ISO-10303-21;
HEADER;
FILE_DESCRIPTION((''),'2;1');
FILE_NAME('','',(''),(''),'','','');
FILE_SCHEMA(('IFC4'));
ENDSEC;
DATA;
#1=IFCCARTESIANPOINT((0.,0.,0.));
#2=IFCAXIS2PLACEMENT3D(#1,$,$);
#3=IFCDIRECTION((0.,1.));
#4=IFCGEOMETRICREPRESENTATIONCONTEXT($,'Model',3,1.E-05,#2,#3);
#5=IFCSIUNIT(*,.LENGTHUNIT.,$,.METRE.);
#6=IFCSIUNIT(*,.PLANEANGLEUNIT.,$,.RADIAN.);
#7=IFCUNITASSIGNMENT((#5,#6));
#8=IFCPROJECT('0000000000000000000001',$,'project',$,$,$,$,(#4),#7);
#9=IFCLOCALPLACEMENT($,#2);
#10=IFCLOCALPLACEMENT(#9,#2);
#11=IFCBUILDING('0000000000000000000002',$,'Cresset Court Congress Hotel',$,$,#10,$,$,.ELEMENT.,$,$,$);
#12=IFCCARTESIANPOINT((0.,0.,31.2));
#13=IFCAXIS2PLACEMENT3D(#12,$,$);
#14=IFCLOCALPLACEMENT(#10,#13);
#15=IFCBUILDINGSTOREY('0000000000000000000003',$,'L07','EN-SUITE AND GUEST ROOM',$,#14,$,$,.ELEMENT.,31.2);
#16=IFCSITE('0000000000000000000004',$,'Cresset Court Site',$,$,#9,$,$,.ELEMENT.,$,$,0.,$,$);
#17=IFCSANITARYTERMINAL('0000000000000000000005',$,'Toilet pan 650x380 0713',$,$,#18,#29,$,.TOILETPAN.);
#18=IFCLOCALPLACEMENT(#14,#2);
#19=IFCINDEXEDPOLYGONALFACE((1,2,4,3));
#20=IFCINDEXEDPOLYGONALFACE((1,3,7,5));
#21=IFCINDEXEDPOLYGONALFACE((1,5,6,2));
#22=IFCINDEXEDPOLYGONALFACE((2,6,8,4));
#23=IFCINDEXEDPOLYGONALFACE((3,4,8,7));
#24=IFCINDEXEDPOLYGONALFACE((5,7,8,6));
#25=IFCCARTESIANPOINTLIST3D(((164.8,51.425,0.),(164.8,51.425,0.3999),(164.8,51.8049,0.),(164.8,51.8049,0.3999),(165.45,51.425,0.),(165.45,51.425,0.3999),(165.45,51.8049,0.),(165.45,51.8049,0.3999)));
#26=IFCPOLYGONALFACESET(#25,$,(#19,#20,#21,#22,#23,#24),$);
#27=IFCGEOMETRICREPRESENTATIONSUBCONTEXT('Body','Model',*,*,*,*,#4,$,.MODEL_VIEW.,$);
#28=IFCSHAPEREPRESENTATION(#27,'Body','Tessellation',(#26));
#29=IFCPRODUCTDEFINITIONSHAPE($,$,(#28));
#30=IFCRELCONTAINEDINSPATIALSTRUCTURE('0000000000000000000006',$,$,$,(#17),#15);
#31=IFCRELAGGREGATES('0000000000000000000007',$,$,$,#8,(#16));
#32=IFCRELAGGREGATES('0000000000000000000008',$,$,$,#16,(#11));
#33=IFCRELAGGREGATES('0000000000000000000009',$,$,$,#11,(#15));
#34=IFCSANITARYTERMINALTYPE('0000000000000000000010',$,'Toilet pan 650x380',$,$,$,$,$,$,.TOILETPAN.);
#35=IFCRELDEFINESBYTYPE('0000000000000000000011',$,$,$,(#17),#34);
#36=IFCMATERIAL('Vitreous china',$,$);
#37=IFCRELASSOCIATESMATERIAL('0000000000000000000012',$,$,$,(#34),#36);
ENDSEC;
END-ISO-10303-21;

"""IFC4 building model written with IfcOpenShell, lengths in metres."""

from ifc_helpers import new_model, si_unit, direction, frame, origin, origin_2d, place, context, subcontext, project, spatial, rectangle, extrude, material, type_object, element, save


model = new_model("IFC4")

# Units and contexts
model_context = context("Model", 3, precision=1e-05, world=origin(), true_north=direction((0.0, 1.0)))
body_context = subcontext(model_context, "Body", "Model", "MODEL_VIEW")
ifc_project = project(units=[si_unit("LENGTHUNIT", "METRE"), si_unit("PLANEANGLEUNIT", "RADIAN")], contexts=[model_context])

# Site, building, storey
site_placement = place(None, origin())
site = spatial("IfcSite", under=ifc_project, at=site_placement, Name="Cresset Court Site", CompositionType="ELEMENT", RefElevation=0.0)
building_placement = place(site_placement, origin())
building = spatial("IfcBuilding", under=site, at=building_placement, Name="Cresset Court Congress Hotel", CompositionType="ELEMENT")
storey_placement = place(building_placement, frame((0.0, 0.0, 31.2)))
storey = spatial("IfcBuildingStorey", under=building, at=storey_placement, Name="L07", Description="EN-SUITE AND GUEST ROOM", CompositionType="ELEMENT", Elevation=31.2)

# Sanitary terminal
ifc_material_1 = material(Name="Vitreous china")
sanitary_terminal_type_1 = type_object("IfcSanitaryTerminalType", Name="Toilet pan 650x380", PredefinedType="TOILETPAN", material=ifc_material_1)
for number, where, z_axis, x_axis, name in (
    (1, (165.125, 51.615, 0.0), (0.0, 0.0, 1.0), (1.0, 0.0, 0.0), "Toilet pan 650x380 0713"),
):
    element("IfcSanitaryTerminal", number, at=place(storey_placement, frame(where, z_axis=z_axis, x_axis=x_axis)), inside=storey, type_object=sanitary_terminal_type_1, Name=name, PredefinedType="TOILETPAN", context=body_context, shape_type="SweptSolid", body=[
        extrude(rectangle(XDim=0.6499, YDim=0.3799, at=origin_2d()), origin(), (0.0, 0.0, 1.0), 0.3999),
    ])

save(model, "model.ifc")
